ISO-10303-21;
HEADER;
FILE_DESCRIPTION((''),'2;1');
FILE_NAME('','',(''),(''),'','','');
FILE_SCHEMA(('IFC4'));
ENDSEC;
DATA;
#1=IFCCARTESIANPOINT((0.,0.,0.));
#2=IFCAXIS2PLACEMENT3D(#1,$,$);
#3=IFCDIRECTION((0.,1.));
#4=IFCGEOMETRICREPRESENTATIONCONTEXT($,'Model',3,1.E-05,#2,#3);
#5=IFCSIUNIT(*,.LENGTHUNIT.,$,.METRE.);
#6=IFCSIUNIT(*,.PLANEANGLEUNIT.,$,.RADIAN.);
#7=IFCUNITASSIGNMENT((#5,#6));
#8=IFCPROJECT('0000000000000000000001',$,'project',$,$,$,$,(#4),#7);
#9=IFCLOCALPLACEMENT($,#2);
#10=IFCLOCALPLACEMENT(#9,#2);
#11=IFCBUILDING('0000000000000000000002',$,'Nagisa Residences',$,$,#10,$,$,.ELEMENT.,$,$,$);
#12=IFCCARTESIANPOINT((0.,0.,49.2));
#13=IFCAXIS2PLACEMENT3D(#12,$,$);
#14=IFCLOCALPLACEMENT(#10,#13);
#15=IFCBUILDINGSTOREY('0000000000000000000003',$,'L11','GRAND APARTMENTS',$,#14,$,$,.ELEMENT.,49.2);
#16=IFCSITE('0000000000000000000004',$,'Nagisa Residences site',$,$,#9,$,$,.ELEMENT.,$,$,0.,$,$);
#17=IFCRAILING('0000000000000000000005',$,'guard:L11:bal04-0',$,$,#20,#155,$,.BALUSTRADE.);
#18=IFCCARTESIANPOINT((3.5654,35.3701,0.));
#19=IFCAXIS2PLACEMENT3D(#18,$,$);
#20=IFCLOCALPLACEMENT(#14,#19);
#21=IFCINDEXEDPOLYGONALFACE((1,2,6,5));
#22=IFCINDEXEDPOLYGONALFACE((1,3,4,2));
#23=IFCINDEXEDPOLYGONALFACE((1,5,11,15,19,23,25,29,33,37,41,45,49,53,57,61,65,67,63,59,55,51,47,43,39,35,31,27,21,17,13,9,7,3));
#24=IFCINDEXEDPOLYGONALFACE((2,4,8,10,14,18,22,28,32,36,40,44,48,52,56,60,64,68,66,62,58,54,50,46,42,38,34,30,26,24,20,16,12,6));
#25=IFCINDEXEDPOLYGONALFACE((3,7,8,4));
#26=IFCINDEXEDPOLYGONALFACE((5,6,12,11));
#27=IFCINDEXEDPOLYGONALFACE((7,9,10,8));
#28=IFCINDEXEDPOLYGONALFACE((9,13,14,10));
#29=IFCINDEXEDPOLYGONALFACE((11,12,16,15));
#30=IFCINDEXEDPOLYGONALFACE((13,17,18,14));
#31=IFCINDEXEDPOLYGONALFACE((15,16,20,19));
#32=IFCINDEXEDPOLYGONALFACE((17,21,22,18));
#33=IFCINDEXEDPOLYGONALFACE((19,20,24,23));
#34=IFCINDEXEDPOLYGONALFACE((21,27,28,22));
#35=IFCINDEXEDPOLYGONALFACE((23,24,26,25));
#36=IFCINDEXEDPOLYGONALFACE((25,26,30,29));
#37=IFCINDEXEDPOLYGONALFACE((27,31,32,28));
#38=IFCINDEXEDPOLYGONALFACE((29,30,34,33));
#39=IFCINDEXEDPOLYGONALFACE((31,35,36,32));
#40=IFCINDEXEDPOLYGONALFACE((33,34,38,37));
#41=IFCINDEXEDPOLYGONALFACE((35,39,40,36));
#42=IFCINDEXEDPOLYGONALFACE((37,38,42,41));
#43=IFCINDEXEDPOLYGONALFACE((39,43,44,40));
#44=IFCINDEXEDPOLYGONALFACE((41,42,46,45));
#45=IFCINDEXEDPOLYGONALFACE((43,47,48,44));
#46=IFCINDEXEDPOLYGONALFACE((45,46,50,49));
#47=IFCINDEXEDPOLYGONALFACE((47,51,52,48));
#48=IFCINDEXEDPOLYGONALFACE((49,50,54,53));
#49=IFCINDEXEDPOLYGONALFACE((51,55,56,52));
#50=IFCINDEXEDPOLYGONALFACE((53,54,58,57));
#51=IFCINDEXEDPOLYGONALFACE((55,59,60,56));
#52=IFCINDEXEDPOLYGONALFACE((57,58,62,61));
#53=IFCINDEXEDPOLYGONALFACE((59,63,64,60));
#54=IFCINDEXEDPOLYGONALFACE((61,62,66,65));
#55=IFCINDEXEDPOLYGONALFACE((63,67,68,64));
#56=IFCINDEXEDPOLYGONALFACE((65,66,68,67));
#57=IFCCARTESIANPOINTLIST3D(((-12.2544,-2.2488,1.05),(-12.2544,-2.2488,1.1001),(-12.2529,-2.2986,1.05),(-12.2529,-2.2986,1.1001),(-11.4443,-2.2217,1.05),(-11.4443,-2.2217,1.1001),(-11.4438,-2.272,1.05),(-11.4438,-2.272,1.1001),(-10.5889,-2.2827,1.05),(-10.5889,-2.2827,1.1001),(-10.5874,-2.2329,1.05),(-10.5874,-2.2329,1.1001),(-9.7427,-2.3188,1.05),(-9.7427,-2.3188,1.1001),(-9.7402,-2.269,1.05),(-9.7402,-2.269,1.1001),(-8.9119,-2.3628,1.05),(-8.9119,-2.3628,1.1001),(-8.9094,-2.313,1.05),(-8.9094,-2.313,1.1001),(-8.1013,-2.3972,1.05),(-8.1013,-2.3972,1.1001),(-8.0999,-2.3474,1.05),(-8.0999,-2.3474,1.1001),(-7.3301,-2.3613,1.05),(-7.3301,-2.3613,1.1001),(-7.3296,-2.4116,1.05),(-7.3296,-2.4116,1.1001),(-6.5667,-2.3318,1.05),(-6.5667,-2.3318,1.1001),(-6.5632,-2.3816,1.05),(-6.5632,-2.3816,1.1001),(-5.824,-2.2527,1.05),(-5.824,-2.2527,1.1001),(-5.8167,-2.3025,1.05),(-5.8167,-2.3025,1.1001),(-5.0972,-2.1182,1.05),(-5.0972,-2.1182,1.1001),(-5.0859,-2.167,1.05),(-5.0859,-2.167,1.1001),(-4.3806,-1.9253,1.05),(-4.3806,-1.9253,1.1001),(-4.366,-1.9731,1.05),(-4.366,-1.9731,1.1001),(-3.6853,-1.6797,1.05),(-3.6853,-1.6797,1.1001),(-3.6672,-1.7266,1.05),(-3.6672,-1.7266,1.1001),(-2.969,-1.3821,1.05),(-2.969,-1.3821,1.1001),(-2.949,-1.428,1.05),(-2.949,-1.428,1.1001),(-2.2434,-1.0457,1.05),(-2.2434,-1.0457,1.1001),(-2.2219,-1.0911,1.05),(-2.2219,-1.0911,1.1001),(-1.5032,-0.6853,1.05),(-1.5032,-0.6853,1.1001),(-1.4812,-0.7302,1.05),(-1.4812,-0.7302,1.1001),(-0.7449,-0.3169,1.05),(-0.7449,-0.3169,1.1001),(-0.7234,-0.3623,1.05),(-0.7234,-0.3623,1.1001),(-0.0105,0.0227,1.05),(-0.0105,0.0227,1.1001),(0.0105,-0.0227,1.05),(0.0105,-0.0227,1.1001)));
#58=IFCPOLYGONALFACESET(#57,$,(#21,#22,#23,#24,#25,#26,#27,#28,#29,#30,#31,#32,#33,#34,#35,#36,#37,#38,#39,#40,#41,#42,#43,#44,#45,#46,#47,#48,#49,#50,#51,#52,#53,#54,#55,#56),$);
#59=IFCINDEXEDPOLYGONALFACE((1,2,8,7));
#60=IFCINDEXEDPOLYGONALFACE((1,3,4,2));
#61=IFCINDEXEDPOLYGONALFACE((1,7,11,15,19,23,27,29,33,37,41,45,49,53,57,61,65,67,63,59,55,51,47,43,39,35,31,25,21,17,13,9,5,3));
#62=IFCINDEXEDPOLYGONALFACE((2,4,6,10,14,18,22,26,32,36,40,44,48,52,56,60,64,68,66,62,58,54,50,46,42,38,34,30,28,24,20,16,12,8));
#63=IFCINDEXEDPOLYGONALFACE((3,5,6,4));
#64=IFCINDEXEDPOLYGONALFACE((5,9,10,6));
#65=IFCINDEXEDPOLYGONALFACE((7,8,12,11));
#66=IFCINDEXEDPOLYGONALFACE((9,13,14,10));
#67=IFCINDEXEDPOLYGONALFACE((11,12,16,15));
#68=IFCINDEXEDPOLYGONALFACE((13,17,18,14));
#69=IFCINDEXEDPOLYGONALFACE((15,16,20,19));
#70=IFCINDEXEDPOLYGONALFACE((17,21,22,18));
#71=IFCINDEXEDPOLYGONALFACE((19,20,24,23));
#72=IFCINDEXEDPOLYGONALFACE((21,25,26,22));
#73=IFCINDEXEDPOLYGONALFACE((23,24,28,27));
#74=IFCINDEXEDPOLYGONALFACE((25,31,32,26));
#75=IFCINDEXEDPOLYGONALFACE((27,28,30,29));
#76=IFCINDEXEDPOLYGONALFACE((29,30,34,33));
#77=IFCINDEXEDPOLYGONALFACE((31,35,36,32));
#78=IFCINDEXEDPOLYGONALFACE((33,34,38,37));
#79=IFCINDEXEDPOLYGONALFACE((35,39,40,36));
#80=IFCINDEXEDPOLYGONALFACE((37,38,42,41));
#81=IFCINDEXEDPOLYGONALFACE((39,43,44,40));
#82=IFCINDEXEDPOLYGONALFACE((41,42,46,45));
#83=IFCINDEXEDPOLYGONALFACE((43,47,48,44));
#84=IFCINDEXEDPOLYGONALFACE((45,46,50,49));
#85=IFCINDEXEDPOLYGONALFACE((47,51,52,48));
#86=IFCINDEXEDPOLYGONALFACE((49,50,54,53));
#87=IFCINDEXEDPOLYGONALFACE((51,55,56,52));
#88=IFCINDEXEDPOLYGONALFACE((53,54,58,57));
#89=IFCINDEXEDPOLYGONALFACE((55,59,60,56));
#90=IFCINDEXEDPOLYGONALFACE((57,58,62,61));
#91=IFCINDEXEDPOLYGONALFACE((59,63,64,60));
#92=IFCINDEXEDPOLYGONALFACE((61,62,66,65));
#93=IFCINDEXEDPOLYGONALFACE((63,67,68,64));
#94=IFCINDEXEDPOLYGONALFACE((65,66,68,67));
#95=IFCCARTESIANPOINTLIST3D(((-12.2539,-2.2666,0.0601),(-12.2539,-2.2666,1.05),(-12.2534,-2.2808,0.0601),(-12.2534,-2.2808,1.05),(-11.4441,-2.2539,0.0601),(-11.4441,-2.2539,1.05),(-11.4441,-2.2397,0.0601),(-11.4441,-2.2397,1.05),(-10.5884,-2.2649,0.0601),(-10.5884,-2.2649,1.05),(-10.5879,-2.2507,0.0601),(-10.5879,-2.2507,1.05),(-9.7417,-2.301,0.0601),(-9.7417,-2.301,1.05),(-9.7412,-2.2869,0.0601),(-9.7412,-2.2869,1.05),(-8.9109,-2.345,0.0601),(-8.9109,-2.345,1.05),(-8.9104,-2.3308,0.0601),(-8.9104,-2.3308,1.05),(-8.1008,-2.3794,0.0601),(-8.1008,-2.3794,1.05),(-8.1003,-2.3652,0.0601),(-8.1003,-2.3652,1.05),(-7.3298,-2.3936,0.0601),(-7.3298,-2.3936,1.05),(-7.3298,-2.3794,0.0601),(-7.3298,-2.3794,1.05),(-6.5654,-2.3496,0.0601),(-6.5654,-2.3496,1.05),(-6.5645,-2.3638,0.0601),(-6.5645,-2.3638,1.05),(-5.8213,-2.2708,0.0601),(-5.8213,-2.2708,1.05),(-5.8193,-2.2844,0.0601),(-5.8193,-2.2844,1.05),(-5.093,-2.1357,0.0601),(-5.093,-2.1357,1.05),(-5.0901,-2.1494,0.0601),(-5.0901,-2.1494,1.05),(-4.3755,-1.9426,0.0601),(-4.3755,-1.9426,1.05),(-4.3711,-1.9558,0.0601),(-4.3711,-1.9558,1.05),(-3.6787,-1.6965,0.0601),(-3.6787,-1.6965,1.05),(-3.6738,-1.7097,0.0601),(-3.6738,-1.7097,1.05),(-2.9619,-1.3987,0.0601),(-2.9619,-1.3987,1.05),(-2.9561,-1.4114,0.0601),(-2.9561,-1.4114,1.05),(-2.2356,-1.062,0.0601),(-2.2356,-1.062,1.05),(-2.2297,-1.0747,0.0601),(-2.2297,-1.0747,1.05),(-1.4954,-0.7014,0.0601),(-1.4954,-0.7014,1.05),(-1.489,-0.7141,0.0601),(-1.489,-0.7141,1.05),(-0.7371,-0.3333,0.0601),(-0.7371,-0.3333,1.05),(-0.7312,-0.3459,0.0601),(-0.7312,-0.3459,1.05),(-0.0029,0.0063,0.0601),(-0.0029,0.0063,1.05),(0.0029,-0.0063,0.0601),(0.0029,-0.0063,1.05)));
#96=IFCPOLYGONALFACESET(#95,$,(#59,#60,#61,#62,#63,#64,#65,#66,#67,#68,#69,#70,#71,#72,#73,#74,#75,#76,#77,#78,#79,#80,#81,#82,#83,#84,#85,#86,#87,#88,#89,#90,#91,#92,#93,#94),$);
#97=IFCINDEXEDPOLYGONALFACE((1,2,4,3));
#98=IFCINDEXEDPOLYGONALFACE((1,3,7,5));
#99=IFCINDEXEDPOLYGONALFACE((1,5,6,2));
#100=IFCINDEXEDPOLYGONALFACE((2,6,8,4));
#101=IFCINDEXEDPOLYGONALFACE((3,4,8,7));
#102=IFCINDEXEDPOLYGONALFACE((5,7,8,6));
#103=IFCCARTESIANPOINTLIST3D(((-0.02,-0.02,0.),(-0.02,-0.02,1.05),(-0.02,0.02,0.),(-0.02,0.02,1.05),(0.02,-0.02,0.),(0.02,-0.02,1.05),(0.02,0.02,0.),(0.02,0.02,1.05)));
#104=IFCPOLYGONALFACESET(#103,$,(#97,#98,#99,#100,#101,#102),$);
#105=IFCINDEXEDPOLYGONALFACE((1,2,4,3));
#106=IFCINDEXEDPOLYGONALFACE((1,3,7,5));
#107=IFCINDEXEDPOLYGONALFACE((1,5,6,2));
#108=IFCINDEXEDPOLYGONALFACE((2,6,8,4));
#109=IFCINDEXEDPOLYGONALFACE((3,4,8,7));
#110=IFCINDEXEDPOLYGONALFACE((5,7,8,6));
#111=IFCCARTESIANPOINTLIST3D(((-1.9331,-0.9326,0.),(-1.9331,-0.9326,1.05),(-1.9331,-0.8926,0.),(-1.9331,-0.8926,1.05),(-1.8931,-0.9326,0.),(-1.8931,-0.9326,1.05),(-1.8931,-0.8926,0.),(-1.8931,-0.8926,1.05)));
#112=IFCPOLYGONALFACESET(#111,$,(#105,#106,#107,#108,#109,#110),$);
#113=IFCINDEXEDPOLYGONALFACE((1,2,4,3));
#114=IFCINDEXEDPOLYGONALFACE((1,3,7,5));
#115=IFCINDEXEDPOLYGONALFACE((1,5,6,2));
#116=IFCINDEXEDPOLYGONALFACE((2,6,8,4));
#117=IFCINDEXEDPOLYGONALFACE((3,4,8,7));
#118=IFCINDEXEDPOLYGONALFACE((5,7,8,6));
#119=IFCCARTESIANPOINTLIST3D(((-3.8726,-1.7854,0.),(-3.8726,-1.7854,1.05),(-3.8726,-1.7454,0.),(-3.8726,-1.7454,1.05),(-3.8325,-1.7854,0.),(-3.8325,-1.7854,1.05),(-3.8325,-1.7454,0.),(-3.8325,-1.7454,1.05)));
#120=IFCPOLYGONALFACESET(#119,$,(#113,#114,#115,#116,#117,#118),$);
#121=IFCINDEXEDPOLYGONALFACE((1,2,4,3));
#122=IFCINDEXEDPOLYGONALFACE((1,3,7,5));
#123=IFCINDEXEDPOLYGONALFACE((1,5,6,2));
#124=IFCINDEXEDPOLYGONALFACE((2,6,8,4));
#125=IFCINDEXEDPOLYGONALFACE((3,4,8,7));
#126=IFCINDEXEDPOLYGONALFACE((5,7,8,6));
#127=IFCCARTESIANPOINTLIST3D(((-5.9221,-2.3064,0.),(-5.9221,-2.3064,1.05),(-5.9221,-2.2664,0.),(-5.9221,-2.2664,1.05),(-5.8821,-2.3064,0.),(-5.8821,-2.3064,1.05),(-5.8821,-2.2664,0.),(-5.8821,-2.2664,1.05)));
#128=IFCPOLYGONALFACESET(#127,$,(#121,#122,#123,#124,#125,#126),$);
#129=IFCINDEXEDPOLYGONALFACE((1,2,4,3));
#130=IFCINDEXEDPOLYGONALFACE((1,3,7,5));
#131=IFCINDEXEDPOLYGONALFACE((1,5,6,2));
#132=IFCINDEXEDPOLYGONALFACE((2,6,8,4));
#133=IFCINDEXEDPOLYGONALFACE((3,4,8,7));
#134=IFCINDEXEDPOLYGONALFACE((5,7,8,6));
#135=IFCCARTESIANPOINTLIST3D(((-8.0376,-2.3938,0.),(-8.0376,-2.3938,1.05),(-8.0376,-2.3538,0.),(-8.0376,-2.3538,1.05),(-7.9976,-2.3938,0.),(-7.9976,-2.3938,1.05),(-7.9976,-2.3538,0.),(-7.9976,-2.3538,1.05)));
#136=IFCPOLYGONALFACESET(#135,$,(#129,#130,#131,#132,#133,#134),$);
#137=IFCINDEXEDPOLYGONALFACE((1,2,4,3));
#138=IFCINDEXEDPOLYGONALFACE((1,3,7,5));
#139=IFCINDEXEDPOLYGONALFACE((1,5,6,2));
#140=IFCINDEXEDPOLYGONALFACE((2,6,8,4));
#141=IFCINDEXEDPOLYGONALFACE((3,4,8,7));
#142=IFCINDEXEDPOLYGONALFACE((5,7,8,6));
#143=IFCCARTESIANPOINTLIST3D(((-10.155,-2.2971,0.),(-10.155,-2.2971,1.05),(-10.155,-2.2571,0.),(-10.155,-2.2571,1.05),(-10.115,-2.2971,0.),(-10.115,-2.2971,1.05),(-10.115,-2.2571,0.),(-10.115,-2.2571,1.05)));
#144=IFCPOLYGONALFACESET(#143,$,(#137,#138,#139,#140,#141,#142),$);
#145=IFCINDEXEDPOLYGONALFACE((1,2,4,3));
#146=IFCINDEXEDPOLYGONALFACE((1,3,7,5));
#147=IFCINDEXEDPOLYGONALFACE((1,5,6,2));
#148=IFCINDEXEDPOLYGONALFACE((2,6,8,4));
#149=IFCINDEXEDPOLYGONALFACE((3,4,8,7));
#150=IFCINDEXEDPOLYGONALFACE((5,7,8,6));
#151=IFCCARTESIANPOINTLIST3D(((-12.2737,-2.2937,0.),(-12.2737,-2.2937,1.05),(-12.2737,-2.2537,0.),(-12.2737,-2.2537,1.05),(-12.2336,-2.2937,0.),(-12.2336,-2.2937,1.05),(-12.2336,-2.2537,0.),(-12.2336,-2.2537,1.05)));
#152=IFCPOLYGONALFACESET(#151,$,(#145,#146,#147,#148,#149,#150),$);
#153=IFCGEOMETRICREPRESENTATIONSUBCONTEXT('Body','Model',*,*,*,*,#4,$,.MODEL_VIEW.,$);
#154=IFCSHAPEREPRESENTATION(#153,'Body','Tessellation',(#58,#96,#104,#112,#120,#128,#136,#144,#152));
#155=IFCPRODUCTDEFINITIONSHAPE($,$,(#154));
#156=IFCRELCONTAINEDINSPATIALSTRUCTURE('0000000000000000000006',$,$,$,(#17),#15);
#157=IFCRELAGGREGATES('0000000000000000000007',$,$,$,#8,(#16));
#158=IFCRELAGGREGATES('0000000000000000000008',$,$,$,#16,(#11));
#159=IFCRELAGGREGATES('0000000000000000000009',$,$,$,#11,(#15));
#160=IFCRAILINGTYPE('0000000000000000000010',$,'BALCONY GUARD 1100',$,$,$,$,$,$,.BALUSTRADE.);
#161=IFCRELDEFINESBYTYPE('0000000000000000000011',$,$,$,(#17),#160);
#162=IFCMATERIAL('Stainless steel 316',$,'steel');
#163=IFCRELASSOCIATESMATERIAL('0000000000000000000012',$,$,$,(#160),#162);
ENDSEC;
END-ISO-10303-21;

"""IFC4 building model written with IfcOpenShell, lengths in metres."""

from ifc_helpers import new_model, si_unit, direction, frame, origin, origin_2d, place, context, subcontext, project, spatial, polyline, rectangle, outline, extrude, material, type_object, element, save


model = new_model("IFC4")

# Units and contexts
model_context = context("Model", 3, precision=1e-05, world=origin(), true_north=direction((0.0, 1.0)))
body_context = subcontext(model_context, "Body", "Model", "MODEL_VIEW")
ifc_project = project(units=[si_unit("LENGTHUNIT", "METRE"), si_unit("PLANEANGLEUNIT", "RADIAN")], contexts=[model_context])

# Site, building, storey
site_placement = place(None, origin())
site = spatial("IfcSite", under=ifc_project, at=site_placement, Name="Nagisa Residences site", CompositionType="ELEMENT", RefElevation=0.0)
building_placement = place(site_placement, origin())
building = spatial("IfcBuilding", under=site, at=building_placement, Name="Nagisa Residences", CompositionType="ELEMENT")
storey_placement = place(building_placement, frame((0.0, 0.0, 49.2)))
storey = spatial("IfcBuildingStorey", under=building, at=storey_placement, Name="L11", Description="GRAND APARTMENTS", CompositionType="ELEMENT", Elevation=49.2)

# Railing
ifc_material_1 = material(Name="Stainless steel 316", Category="steel")
railing_type = type_object("IfcRailingType", Name="BALCONY GUARD 1100", PredefinedType="BALUSTRADE", material=ifc_material_1)
railing_placement = place(storey_placement, frame((3.5654, 35.3701, 0.0)))
element("IfcRailing", 1, at=railing_placement, inside=storey, type_object=railing_type, Name="guard:L11:bal04-0", PredefinedType="BALUSTRADE", context=body_context, shape_type="SweptSolid", body=[
    extrude(outline(polyline([(-0.7234, -0.3623), (0.0105, -0.0227), (-0.0105, 0.0227), (-0.7449, -0.3169), (-1.5032, -0.6853), (-2.2434, -1.0457), (-2.969, -1.3821), (-3.6853, -1.6797), (-4.3806, -1.9253), (-5.0972, -2.1182), (-5.824, -2.2527), (-6.5667, -2.3318), (-7.3301, -2.3613), (-8.0999, -2.3474), (-8.9094, -2.313), (-9.7402, -2.269), (-10.5874, -2.2329), (-11.4443, -2.2217), (-12.2544, -2.2488), (-12.2529, -2.2986), (-11.4438, -2.272), (-10.5889, -2.2827), (-9.7427, -2.3188), (-8.9119, -2.3628), (-8.1013, -2.3972), (-7.3296, -2.4116), (-6.5632, -2.3816), (-5.8167, -2.3025), (-5.0859, -2.167), (-4.366, -1.9731), (-3.6672, -1.7266), (-2.949, -1.428), (-2.2219, -1.0911), (-1.4812, -0.7302), (-0.7234, -0.3623)])), frame((0.0, 0.0, 1.05)), (0.0, 0.0, 1.0), 0.05),
    extrude(outline(polyline([(-0.7312, -0.3459), (0.0029, -0.0063), (-0.0029, 0.0063), (-0.7371, -0.3333), (-1.4954, -0.7014), (-2.2356, -1.062), (-2.9619, -1.3987), (-3.6787, -1.6965), (-4.3755, -1.9426), (-5.093, -2.1357), (-5.8213, -2.2708), (-6.5654, -2.3496), (-7.3298, -2.3794), (-8.1003, -2.3652), (-8.9104, -2.3308), (-9.7412, -2.2869), (-10.5879, -2.2507), (-11.4441, -2.2397), (-12.2539, -2.2666), (-12.2534, -2.2808), (-11.4441, -2.2539), (-10.5884, -2.2649), (-9.7417, -2.301), (-8.9109, -2.345), (-8.1008, -2.3794), (-7.3298, -2.3936), (-6.5645, -2.3638), (-5.8193, -2.2844), (-5.0901, -2.1494), (-4.3711, -1.9558), (-3.6738, -1.7097), (-2.9561, -1.4114), (-2.2297, -1.0747), (-1.489, -0.7141), (-0.7312, -0.3459)])), frame((0.0, 0.0, 0.0601)), (0.0, 0.0, 1.0), 0.99),
    extrude(rectangle(XDim=0.04, YDim=0.04, at=origin_2d()), origin(), (0.0, 0.0, 1.0), 1.05),
    extrude(rectangle(XDim=0.04, YDim=0.04, at=origin_2d()), frame((-1.9131, -0.9126, 0.0)), (0.0, 0.0, 1.0), 1.05),
    extrude(rectangle(XDim=0.04, YDim=0.04, at=origin_2d()), frame((-3.8525, -1.7654, 0.0)), (0.0, 0.0, 1.0), 1.05),
    extrude(rectangle(XDim=0.04, YDim=0.04, at=origin_2d()), frame((-5.9021, -2.2864, 0.0)), (0.0, 0.0, 1.0), 1.05),
    extrude(rectangle(XDim=0.04, YDim=0.04, at=origin_2d()), frame((-8.0176, -2.3738, 0.0)), (0.0, 0.0, 1.0), 1.05),
    extrude(rectangle(XDim=0.04, YDim=0.04, at=origin_2d()), frame((-10.135, -2.2771, 0.0)), (0.0, 0.0, 1.0), 1.05),
    extrude(rectangle(XDim=0.04, YDim=0.04, at=origin_2d()), frame((-12.2537, -2.2737, 0.0)), (0.0, 0.0, 1.0), 1.05),
])

save(model, "model.ifc")
